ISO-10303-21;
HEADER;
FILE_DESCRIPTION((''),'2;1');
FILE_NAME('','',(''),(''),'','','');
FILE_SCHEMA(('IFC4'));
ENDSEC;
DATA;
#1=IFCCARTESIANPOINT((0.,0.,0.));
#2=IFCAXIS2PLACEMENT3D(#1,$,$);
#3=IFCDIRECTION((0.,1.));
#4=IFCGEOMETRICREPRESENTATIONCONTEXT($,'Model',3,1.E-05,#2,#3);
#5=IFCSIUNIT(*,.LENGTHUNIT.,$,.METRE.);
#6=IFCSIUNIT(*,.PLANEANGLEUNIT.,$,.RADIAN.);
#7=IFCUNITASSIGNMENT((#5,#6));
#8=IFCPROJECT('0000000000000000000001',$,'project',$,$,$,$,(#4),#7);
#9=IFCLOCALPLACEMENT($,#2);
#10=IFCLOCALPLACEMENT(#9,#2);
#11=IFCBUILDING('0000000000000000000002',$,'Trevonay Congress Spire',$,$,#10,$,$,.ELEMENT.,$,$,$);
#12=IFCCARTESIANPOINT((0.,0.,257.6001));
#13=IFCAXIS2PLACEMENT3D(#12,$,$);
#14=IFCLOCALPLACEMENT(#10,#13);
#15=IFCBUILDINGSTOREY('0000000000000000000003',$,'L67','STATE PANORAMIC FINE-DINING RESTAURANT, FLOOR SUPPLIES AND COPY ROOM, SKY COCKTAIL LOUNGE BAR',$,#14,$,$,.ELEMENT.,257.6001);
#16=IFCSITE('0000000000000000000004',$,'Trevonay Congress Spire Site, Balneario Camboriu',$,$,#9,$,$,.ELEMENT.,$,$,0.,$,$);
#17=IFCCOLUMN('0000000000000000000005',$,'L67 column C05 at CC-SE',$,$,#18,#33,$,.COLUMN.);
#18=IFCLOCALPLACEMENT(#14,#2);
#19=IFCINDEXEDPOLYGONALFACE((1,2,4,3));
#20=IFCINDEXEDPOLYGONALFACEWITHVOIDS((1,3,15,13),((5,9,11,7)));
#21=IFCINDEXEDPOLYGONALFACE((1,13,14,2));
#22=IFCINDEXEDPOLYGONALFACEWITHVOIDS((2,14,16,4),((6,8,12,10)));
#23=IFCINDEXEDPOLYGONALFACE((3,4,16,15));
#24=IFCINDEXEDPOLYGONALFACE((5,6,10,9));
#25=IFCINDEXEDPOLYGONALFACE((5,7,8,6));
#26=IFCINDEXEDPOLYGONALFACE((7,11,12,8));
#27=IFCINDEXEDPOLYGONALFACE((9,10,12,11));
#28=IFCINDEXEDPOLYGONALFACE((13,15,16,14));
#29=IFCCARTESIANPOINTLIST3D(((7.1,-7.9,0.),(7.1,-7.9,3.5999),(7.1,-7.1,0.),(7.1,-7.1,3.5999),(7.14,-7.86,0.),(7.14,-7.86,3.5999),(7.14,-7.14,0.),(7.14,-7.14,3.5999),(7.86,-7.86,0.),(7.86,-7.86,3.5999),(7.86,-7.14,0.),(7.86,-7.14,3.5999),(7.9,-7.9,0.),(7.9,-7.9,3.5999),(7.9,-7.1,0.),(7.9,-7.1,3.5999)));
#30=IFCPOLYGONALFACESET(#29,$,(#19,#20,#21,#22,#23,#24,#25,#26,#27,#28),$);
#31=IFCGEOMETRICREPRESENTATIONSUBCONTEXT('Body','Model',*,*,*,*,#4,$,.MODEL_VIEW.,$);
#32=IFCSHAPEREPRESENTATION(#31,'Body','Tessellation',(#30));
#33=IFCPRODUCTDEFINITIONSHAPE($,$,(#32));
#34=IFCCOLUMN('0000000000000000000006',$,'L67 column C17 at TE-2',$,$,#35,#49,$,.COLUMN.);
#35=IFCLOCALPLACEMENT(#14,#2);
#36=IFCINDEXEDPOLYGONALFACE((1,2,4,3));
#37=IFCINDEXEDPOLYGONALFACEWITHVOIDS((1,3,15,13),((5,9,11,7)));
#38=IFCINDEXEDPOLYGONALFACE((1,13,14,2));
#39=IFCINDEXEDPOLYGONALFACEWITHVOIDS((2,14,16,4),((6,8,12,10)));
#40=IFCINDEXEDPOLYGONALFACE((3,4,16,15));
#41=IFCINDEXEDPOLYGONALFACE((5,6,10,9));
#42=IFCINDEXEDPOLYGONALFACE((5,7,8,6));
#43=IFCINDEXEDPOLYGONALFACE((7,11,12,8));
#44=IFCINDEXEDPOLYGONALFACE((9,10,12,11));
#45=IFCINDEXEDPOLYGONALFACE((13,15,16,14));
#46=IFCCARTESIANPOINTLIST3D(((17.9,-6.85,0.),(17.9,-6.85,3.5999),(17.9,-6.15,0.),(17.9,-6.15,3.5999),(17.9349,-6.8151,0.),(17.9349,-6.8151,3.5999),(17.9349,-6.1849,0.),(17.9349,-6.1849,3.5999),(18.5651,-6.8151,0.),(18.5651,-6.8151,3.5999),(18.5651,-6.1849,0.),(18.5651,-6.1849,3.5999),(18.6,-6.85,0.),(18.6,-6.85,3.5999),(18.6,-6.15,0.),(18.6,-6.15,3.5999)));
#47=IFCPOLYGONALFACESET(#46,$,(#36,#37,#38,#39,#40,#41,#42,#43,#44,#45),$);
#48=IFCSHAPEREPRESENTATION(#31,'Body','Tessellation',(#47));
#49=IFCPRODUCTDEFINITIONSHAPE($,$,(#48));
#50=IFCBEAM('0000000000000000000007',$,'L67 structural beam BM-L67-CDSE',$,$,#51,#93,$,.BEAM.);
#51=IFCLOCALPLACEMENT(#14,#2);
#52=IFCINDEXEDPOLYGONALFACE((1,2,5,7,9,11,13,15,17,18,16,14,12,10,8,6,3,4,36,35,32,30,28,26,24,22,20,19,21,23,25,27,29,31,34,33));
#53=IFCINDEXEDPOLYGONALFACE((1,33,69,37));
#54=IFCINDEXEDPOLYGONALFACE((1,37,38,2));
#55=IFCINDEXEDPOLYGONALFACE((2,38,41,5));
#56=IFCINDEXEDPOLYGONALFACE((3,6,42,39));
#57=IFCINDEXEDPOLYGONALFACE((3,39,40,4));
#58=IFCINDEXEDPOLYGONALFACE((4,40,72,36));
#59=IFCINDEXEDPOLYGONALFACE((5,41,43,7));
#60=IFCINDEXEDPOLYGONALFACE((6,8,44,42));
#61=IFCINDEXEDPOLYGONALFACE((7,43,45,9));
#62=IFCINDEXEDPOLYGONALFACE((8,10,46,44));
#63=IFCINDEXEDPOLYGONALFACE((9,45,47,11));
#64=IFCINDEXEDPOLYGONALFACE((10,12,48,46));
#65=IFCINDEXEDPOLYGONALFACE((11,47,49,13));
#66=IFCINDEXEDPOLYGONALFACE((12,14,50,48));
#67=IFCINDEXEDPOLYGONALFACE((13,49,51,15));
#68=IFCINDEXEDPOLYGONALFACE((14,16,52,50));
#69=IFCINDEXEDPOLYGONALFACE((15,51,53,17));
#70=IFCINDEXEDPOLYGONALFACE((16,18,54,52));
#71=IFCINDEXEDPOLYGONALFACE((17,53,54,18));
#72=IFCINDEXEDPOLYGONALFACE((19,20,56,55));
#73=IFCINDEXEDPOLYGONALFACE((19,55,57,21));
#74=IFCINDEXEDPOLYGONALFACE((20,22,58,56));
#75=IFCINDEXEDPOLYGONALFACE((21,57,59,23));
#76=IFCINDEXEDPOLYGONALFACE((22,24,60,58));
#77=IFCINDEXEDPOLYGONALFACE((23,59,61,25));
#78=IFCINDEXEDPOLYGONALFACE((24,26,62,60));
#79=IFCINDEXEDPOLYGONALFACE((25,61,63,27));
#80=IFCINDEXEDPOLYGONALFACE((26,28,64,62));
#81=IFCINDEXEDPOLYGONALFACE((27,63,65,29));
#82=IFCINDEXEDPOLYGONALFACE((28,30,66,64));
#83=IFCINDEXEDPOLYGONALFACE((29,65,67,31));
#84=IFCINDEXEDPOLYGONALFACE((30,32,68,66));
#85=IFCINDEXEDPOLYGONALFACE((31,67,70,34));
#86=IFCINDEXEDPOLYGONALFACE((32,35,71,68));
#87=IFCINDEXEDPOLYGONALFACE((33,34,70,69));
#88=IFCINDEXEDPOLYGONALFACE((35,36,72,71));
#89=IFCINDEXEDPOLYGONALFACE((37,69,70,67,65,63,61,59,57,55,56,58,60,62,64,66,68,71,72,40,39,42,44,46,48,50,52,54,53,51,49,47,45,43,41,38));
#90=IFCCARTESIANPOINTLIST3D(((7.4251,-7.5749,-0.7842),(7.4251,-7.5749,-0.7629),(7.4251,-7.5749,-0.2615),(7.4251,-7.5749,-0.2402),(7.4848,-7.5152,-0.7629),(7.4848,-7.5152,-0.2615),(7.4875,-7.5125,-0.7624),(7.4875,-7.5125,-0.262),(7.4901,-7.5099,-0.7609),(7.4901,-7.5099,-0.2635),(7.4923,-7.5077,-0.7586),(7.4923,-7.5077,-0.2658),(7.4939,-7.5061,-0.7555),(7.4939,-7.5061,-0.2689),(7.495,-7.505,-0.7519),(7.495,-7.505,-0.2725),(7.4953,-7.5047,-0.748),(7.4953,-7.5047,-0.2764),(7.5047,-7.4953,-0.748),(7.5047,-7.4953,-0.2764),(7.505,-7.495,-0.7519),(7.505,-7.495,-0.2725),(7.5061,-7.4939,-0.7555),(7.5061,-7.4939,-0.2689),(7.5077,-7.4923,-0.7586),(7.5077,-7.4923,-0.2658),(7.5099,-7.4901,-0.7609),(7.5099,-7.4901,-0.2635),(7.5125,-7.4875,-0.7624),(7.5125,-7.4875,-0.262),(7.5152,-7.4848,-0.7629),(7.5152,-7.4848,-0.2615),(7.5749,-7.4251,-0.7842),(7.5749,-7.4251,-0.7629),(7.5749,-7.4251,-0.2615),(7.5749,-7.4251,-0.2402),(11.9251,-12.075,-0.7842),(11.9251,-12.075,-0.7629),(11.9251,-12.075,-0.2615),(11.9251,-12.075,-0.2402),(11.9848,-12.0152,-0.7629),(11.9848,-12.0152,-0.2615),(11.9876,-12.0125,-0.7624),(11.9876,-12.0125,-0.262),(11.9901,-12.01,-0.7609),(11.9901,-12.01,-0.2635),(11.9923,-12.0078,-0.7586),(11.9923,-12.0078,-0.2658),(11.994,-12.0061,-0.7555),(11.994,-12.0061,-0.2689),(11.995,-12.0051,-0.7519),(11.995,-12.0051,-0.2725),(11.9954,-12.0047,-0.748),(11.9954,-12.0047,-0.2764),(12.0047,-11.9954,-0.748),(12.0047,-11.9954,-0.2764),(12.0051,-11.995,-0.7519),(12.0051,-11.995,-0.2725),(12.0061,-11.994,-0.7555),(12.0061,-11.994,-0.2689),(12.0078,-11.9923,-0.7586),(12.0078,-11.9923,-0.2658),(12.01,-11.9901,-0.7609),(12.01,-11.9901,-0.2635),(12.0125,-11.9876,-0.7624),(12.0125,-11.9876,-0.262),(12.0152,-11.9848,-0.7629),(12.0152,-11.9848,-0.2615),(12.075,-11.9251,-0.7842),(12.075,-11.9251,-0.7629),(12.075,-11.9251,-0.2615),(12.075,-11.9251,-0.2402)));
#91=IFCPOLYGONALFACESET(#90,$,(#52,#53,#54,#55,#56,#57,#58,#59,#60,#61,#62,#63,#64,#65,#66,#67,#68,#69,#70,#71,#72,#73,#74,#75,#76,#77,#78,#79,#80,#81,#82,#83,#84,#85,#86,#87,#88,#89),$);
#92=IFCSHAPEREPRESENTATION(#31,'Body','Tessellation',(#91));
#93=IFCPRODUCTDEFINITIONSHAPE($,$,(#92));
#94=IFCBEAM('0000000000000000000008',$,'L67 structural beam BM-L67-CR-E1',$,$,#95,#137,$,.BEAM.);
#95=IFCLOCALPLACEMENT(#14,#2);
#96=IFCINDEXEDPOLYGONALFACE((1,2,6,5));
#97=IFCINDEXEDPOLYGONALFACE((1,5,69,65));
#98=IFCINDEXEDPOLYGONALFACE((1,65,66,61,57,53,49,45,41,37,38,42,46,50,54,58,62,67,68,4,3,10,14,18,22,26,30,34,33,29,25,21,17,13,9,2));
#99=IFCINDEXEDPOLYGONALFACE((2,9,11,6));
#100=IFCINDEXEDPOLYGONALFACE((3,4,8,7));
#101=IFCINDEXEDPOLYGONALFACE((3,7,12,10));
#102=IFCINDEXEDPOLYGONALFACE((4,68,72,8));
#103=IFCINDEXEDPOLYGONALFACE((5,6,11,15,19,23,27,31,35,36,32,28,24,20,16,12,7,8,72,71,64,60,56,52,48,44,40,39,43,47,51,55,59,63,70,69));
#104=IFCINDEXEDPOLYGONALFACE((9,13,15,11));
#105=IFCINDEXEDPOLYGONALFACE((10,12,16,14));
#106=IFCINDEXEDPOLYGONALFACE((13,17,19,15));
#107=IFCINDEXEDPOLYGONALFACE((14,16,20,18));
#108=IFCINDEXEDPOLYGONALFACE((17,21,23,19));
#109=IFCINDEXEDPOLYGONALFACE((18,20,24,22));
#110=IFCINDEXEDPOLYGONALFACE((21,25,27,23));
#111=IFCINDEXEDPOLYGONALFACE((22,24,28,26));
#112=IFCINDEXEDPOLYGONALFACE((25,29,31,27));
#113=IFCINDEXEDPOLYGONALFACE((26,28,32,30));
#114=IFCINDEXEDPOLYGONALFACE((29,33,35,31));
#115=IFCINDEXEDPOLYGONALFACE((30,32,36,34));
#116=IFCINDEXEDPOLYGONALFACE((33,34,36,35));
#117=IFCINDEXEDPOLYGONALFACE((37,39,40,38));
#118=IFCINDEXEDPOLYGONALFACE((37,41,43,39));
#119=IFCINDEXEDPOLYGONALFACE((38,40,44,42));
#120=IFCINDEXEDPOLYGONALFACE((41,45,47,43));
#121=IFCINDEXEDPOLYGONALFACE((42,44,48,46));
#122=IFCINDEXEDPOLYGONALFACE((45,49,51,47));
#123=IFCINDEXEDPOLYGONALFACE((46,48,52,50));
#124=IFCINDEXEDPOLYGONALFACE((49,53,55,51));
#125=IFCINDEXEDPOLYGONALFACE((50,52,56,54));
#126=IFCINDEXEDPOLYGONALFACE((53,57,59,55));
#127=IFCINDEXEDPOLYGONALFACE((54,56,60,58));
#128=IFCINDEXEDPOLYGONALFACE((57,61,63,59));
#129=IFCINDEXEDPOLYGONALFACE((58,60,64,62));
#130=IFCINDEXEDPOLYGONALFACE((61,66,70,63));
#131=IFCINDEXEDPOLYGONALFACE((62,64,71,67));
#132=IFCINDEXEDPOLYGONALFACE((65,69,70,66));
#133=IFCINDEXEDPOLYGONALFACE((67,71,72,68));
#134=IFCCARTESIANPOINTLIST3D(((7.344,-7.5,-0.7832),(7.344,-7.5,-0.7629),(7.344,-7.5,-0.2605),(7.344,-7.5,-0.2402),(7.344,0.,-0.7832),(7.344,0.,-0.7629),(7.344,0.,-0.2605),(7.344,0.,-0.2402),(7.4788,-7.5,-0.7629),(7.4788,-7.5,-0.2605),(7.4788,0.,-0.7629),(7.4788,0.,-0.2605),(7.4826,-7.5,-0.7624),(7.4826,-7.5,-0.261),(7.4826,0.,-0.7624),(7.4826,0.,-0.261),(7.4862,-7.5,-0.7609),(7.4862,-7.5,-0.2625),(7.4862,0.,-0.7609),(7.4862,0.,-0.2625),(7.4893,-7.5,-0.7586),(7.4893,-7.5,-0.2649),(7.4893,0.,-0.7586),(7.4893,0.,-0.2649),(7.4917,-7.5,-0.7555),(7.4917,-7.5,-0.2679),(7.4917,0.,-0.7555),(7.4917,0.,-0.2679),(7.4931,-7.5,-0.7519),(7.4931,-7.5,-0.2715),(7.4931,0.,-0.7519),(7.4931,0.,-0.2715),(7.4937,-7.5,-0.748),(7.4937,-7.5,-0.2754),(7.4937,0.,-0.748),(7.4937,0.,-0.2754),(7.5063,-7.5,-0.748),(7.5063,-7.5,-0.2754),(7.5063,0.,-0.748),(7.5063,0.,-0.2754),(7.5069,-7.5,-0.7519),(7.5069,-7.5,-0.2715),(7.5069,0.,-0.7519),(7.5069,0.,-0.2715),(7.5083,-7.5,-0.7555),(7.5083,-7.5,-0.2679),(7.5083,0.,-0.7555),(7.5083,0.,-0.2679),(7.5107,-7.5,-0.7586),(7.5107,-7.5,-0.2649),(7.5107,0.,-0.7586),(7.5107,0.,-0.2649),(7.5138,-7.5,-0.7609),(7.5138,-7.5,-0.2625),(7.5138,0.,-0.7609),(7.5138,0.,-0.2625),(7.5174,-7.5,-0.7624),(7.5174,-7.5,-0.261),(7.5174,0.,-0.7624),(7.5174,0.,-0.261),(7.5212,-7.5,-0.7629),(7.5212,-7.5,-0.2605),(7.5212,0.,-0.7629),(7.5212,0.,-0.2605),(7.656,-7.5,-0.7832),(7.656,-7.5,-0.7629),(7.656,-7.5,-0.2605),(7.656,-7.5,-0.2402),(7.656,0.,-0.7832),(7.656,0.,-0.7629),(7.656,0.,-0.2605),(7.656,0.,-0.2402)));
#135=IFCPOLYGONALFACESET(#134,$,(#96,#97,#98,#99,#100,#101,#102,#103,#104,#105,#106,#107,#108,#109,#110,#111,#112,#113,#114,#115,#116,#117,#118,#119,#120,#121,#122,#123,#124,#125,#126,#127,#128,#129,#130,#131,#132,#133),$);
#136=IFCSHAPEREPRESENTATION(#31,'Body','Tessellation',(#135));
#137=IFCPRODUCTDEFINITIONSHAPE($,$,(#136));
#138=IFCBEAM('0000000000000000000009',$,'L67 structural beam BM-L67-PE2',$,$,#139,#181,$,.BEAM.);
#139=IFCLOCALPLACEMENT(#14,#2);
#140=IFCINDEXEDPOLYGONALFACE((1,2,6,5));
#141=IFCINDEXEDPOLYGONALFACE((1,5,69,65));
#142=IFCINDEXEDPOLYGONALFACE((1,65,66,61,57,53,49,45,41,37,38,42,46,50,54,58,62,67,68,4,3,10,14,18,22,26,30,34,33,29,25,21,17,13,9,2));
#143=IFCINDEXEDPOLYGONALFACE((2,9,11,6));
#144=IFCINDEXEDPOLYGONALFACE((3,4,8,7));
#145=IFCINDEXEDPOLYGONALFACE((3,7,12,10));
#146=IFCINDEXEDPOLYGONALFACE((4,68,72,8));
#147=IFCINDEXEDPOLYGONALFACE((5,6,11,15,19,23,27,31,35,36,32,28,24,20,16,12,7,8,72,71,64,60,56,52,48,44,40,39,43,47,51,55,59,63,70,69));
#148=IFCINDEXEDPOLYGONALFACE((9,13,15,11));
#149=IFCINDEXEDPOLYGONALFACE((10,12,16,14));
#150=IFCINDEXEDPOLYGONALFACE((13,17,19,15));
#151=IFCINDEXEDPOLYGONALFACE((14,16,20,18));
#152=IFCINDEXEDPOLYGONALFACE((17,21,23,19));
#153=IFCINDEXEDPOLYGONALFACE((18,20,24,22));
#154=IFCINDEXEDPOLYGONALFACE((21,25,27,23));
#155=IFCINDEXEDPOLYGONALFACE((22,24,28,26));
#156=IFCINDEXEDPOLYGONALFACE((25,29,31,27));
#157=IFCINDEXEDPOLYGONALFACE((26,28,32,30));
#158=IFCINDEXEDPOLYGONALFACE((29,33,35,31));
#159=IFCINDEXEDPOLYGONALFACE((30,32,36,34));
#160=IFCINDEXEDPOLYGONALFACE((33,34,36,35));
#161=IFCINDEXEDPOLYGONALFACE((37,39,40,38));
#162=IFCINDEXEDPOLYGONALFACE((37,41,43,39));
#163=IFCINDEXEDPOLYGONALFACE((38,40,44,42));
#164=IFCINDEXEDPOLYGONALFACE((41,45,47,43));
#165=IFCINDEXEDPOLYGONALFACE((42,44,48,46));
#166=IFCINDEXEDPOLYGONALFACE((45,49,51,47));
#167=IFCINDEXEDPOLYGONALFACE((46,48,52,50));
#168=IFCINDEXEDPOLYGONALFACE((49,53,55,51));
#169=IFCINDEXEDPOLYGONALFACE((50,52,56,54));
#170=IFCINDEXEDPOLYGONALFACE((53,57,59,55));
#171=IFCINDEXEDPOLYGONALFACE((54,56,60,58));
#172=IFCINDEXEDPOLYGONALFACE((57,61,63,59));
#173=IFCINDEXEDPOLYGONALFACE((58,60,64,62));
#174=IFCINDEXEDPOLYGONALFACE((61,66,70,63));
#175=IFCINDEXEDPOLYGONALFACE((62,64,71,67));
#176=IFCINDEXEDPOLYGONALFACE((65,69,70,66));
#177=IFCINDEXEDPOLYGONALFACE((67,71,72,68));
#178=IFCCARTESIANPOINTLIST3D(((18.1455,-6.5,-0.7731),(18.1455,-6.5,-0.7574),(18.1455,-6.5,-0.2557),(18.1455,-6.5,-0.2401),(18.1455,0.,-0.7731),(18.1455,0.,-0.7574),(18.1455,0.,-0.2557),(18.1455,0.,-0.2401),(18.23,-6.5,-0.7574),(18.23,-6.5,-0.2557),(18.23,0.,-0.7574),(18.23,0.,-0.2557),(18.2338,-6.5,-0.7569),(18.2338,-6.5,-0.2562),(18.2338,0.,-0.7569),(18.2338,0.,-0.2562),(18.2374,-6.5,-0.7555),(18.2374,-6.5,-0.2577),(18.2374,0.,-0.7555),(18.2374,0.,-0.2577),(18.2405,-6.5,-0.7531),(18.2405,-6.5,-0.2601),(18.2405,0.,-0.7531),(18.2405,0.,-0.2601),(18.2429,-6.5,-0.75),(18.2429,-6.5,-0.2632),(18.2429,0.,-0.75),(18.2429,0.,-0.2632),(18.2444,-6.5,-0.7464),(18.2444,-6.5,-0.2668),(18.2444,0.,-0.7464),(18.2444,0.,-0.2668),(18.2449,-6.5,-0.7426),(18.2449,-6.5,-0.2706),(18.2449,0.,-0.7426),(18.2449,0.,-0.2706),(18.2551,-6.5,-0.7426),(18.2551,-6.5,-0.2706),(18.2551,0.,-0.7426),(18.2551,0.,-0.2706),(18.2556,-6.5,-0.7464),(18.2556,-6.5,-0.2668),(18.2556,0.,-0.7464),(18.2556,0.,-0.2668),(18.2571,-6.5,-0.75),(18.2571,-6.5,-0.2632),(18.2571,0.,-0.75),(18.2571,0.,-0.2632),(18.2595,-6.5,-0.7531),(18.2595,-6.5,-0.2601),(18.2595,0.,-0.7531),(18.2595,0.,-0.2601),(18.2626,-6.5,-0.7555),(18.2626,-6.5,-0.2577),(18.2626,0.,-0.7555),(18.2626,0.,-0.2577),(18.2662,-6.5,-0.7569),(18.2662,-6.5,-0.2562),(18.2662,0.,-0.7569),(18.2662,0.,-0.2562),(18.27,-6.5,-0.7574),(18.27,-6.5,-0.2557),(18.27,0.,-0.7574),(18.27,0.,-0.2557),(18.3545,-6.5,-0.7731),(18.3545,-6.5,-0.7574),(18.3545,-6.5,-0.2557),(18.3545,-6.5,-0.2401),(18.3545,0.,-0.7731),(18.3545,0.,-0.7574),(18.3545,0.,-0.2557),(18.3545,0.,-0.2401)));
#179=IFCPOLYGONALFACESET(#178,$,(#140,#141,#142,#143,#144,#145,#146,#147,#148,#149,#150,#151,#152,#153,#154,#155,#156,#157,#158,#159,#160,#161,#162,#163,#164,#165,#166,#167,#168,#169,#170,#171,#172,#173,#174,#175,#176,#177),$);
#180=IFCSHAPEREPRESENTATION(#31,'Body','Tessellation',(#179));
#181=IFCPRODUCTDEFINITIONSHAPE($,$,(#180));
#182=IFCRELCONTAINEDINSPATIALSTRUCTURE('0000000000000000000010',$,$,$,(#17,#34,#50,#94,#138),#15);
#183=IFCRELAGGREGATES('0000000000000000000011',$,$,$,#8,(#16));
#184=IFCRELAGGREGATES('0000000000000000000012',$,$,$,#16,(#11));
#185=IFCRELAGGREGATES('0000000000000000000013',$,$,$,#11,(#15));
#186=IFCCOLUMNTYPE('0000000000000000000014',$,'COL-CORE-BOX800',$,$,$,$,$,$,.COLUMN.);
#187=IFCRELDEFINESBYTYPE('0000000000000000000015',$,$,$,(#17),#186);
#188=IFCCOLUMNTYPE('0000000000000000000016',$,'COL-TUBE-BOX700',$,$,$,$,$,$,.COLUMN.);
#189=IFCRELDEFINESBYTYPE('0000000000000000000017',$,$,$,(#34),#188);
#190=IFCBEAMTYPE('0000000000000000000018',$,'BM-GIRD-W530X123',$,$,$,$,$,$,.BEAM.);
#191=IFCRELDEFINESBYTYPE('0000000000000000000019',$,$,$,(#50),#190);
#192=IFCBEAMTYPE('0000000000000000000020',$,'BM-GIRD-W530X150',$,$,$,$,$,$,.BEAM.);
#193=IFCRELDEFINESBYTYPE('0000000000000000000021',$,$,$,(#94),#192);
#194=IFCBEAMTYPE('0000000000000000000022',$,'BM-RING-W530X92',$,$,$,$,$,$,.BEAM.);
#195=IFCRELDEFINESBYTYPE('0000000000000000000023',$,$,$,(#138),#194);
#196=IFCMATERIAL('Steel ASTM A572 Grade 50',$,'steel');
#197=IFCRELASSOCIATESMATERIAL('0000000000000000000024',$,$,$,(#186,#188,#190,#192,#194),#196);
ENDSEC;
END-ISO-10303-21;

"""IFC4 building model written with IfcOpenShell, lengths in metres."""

from ifc_helpers import new_model, si_unit, direction, frame, origin, origin_2d, place, context, subcontext, project, spatial, hollow_rectangle, i_section, extrude, material, material_profile, profile_set, type_object, element, save


model = new_model("IFC4")

# Units and contexts
model_context = context("Model", 3, precision=1e-05, world=origin(), true_north=direction((0.0, 1.0)))
body_context = subcontext(model_context, "Body", "Model", "MODEL_VIEW")
ifc_project = project(units=[si_unit("LENGTHUNIT", "METRE"), si_unit("PLANEANGLEUNIT", "RADIAN")], contexts=[model_context])

# Site, building, storey
site_placement = place(None, origin())
site = spatial("IfcSite", under=ifc_project, at=site_placement, Name="Trevonay Congress Spire Site, Balneario Camboriu", CompositionType="ELEMENT", RefElevation=0.0)
building_placement = place(site_placement, origin())
building = spatial("IfcBuilding", under=site, at=building_placement, Name="Trevonay Congress Spire", CompositionType="ELEMENT")
storey_placement = place(building_placement, frame((0.0, 0.0, 257.6001)))
storey = spatial("IfcBuildingStorey", under=building, at=storey_placement, Name="L67", Description="STATE PANORAMIC FINE-DINING RESTAURANT, FLOOR SUPPLIES AND COPY ROOM, SKY COCKTAIL LOUNGE BAR", CompositionType="ELEMENT", Elevation=257.6001)

# Columns
ifc_material_1 = material(Name="Steel ASTM A572 Grade 50", Category="steel")
ifc_material_profile_1 = material_profile(ifc_material_1, hollow_rectangle(XDim=0.8, YDim=0.8, WallThickness=0.04, at=origin_2d()), Name="BOX 800x800x40")
ifc_profile_set_1 = profile_set([ifc_material_profile_1], Name="Steel ASTM A572 Grade 50")
column_type_1 = type_object("IfcColumnType", Name="COL-CORE-BOX800", PredefinedType="COLUMN", material=ifc_profile_set_1)
column_1_placement = place(storey_placement, frame((7.5, -7.5, 0.0), z_axis=(0.0, 0.0, 1.0), x_axis=(1.0, 0.0, 0.0)))
element("IfcColumn", 1, at=column_1_placement, inside=storey, type_object=column_type_1, Name="L67 column C05 at CC-SE", PredefinedType="COLUMN", context=body_context, shape_type="SweptSolid", body=[
    extrude(hollow_rectangle(XDim=0.8, YDim=0.8, WallThickness=0.04, at=origin_2d()), origin(), (0.0, 0.0, 1.0), 3.5999),
])
ifc_material_profile_2 = material_profile(ifc_material_1, hollow_rectangle(XDim=0.7, YDim=0.7, WallThickness=0.0349, at=origin_2d()), Name="BOX 700x700x35")
ifc_profile_set_2 = profile_set([ifc_material_profile_2], Name="Steel ASTM A572 Grade 50")
column_type_2 = type_object("IfcColumnType", Name="COL-TUBE-BOX700", PredefinedType="COLUMN", material=ifc_profile_set_2)
column_2_placement = place(storey_placement, frame((18.25, -6.5, 0.0), z_axis=(0.0, 0.0, 1.0), x_axis=(1.0, 0.0, 0.0)))
element("IfcColumn", 2, at=column_2_placement, inside=storey, type_object=column_type_2, Name="L67 column C17 at TE-2", PredefinedType="COLUMN", context=body_context, shape_type="SweptSolid", body=[
    extrude(hollow_rectangle(XDim=0.7, YDim=0.7, WallThickness=0.0349, at=origin_2d()), origin(), (0.0, 0.0, 1.0), 3.5999),
])

# Beams
ifc_material_profile_3 = material_profile(ifc_material_1, i_section(OverallWidth=0.2119, OverallDepth=0.5439, WebThickness=0.0132, FlangeThickness=0.0212, FilletRadius=0.0149, at=origin_2d()), Name="W530x123")
ifc_profile_set_3 = profile_set([ifc_material_profile_3], Name="Steel ASTM A572 Grade 50")
beam_type_1 = type_object("IfcBeamType", Name="BM-GIRD-W530X123", PredefinedType="BEAM", material=ifc_profile_set_3)
beam_1_placement = place(storey_placement, frame((7.5, -7.5, -0.5122), z_axis=(0.707107, -0.707107, 0.0), x_axis=(0.707107, 0.707107, 0.0)))
element("IfcBeam", 3, at=beam_1_placement, inside=storey, type_object=beam_type_1, Name="L67 structural beam BM-L67-CDSE", PredefinedType="BEAM", context=body_context, shape_type="SweptSolid", body=[
    extrude(i_section(OverallWidth=0.2119, OverallDepth=0.5439, WebThickness=0.0132, FlangeThickness=0.0212, FilletRadius=0.0149, at=origin_2d()), origin(), (0.0, 0.0, 1.0), 6.364),
])
ifc_material_profile_4 = material_profile(ifc_material_1, i_section(OverallWidth=0.312, OverallDepth=0.543, WebThickness=0.0127, FlangeThickness=0.0203, FilletRadius=0.0149, at=origin_2d()), Name="W530x150")
ifc_profile_set_4 = profile_set([ifc_material_profile_4], Name="Steel ASTM A572 Grade 50")
beam_type_2 = type_object("IfcBeamType", Name="BM-GIRD-W530X150", PredefinedType="BEAM", material=ifc_profile_set_4)
beam_2_placement = place(storey_placement, frame((7.5, -7.5, -0.5117), z_axis=(0.0, 1.0, 0.0), x_axis=(-1.0, 0.0, 0.0)))
element("IfcBeam", 4, at=beam_2_placement, inside=storey, type_object=beam_type_2, Name="L67 structural beam BM-L67-CR-E1", PredefinedType="BEAM", context=body_context, shape_type="SweptSolid", body=[
    extrude(i_section(OverallWidth=0.312, OverallDepth=0.543, WebThickness=0.0127, FlangeThickness=0.0203, FilletRadius=0.0149, at=origin_2d()), origin(), (0.0, 0.0, 1.0), 7.5),
])
ifc_material_profile_5 = material_profile(ifc_material_1, i_section(OverallWidth=0.209, OverallDepth=0.533, WebThickness=0.0103, FlangeThickness=0.0156, FilletRadius=0.0149, at=origin_2d()), Name="W530x92")
ifc_profile_set_5 = profile_set([ifc_material_profile_5], Name="Steel ASTM A572 Grade 50")
beam_type_3 = type_object("IfcBeamType", Name="BM-RING-W530X92", PredefinedType="BEAM", material=ifc_profile_set_5)
beam_3_placement = place(storey_placement, frame((18.25, -6.5, -0.5066), z_axis=(0.0, 1.0, 0.0), x_axis=(-1.0, 0.0, 0.0)))
element("IfcBeam", 5, at=beam_3_placement, inside=storey, type_object=beam_type_3, Name="L67 structural beam BM-L67-PE2", PredefinedType="BEAM", context=body_context, shape_type="SweptSolid", body=[
    extrude(i_section(OverallWidth=0.209, OverallDepth=0.533, WebThickness=0.0103, FlangeThickness=0.0156, FilletRadius=0.0149, at=origin_2d()), origin(), (0.0, 0.0, 1.0), 6.5),
])

save(model, "model.ifc")
